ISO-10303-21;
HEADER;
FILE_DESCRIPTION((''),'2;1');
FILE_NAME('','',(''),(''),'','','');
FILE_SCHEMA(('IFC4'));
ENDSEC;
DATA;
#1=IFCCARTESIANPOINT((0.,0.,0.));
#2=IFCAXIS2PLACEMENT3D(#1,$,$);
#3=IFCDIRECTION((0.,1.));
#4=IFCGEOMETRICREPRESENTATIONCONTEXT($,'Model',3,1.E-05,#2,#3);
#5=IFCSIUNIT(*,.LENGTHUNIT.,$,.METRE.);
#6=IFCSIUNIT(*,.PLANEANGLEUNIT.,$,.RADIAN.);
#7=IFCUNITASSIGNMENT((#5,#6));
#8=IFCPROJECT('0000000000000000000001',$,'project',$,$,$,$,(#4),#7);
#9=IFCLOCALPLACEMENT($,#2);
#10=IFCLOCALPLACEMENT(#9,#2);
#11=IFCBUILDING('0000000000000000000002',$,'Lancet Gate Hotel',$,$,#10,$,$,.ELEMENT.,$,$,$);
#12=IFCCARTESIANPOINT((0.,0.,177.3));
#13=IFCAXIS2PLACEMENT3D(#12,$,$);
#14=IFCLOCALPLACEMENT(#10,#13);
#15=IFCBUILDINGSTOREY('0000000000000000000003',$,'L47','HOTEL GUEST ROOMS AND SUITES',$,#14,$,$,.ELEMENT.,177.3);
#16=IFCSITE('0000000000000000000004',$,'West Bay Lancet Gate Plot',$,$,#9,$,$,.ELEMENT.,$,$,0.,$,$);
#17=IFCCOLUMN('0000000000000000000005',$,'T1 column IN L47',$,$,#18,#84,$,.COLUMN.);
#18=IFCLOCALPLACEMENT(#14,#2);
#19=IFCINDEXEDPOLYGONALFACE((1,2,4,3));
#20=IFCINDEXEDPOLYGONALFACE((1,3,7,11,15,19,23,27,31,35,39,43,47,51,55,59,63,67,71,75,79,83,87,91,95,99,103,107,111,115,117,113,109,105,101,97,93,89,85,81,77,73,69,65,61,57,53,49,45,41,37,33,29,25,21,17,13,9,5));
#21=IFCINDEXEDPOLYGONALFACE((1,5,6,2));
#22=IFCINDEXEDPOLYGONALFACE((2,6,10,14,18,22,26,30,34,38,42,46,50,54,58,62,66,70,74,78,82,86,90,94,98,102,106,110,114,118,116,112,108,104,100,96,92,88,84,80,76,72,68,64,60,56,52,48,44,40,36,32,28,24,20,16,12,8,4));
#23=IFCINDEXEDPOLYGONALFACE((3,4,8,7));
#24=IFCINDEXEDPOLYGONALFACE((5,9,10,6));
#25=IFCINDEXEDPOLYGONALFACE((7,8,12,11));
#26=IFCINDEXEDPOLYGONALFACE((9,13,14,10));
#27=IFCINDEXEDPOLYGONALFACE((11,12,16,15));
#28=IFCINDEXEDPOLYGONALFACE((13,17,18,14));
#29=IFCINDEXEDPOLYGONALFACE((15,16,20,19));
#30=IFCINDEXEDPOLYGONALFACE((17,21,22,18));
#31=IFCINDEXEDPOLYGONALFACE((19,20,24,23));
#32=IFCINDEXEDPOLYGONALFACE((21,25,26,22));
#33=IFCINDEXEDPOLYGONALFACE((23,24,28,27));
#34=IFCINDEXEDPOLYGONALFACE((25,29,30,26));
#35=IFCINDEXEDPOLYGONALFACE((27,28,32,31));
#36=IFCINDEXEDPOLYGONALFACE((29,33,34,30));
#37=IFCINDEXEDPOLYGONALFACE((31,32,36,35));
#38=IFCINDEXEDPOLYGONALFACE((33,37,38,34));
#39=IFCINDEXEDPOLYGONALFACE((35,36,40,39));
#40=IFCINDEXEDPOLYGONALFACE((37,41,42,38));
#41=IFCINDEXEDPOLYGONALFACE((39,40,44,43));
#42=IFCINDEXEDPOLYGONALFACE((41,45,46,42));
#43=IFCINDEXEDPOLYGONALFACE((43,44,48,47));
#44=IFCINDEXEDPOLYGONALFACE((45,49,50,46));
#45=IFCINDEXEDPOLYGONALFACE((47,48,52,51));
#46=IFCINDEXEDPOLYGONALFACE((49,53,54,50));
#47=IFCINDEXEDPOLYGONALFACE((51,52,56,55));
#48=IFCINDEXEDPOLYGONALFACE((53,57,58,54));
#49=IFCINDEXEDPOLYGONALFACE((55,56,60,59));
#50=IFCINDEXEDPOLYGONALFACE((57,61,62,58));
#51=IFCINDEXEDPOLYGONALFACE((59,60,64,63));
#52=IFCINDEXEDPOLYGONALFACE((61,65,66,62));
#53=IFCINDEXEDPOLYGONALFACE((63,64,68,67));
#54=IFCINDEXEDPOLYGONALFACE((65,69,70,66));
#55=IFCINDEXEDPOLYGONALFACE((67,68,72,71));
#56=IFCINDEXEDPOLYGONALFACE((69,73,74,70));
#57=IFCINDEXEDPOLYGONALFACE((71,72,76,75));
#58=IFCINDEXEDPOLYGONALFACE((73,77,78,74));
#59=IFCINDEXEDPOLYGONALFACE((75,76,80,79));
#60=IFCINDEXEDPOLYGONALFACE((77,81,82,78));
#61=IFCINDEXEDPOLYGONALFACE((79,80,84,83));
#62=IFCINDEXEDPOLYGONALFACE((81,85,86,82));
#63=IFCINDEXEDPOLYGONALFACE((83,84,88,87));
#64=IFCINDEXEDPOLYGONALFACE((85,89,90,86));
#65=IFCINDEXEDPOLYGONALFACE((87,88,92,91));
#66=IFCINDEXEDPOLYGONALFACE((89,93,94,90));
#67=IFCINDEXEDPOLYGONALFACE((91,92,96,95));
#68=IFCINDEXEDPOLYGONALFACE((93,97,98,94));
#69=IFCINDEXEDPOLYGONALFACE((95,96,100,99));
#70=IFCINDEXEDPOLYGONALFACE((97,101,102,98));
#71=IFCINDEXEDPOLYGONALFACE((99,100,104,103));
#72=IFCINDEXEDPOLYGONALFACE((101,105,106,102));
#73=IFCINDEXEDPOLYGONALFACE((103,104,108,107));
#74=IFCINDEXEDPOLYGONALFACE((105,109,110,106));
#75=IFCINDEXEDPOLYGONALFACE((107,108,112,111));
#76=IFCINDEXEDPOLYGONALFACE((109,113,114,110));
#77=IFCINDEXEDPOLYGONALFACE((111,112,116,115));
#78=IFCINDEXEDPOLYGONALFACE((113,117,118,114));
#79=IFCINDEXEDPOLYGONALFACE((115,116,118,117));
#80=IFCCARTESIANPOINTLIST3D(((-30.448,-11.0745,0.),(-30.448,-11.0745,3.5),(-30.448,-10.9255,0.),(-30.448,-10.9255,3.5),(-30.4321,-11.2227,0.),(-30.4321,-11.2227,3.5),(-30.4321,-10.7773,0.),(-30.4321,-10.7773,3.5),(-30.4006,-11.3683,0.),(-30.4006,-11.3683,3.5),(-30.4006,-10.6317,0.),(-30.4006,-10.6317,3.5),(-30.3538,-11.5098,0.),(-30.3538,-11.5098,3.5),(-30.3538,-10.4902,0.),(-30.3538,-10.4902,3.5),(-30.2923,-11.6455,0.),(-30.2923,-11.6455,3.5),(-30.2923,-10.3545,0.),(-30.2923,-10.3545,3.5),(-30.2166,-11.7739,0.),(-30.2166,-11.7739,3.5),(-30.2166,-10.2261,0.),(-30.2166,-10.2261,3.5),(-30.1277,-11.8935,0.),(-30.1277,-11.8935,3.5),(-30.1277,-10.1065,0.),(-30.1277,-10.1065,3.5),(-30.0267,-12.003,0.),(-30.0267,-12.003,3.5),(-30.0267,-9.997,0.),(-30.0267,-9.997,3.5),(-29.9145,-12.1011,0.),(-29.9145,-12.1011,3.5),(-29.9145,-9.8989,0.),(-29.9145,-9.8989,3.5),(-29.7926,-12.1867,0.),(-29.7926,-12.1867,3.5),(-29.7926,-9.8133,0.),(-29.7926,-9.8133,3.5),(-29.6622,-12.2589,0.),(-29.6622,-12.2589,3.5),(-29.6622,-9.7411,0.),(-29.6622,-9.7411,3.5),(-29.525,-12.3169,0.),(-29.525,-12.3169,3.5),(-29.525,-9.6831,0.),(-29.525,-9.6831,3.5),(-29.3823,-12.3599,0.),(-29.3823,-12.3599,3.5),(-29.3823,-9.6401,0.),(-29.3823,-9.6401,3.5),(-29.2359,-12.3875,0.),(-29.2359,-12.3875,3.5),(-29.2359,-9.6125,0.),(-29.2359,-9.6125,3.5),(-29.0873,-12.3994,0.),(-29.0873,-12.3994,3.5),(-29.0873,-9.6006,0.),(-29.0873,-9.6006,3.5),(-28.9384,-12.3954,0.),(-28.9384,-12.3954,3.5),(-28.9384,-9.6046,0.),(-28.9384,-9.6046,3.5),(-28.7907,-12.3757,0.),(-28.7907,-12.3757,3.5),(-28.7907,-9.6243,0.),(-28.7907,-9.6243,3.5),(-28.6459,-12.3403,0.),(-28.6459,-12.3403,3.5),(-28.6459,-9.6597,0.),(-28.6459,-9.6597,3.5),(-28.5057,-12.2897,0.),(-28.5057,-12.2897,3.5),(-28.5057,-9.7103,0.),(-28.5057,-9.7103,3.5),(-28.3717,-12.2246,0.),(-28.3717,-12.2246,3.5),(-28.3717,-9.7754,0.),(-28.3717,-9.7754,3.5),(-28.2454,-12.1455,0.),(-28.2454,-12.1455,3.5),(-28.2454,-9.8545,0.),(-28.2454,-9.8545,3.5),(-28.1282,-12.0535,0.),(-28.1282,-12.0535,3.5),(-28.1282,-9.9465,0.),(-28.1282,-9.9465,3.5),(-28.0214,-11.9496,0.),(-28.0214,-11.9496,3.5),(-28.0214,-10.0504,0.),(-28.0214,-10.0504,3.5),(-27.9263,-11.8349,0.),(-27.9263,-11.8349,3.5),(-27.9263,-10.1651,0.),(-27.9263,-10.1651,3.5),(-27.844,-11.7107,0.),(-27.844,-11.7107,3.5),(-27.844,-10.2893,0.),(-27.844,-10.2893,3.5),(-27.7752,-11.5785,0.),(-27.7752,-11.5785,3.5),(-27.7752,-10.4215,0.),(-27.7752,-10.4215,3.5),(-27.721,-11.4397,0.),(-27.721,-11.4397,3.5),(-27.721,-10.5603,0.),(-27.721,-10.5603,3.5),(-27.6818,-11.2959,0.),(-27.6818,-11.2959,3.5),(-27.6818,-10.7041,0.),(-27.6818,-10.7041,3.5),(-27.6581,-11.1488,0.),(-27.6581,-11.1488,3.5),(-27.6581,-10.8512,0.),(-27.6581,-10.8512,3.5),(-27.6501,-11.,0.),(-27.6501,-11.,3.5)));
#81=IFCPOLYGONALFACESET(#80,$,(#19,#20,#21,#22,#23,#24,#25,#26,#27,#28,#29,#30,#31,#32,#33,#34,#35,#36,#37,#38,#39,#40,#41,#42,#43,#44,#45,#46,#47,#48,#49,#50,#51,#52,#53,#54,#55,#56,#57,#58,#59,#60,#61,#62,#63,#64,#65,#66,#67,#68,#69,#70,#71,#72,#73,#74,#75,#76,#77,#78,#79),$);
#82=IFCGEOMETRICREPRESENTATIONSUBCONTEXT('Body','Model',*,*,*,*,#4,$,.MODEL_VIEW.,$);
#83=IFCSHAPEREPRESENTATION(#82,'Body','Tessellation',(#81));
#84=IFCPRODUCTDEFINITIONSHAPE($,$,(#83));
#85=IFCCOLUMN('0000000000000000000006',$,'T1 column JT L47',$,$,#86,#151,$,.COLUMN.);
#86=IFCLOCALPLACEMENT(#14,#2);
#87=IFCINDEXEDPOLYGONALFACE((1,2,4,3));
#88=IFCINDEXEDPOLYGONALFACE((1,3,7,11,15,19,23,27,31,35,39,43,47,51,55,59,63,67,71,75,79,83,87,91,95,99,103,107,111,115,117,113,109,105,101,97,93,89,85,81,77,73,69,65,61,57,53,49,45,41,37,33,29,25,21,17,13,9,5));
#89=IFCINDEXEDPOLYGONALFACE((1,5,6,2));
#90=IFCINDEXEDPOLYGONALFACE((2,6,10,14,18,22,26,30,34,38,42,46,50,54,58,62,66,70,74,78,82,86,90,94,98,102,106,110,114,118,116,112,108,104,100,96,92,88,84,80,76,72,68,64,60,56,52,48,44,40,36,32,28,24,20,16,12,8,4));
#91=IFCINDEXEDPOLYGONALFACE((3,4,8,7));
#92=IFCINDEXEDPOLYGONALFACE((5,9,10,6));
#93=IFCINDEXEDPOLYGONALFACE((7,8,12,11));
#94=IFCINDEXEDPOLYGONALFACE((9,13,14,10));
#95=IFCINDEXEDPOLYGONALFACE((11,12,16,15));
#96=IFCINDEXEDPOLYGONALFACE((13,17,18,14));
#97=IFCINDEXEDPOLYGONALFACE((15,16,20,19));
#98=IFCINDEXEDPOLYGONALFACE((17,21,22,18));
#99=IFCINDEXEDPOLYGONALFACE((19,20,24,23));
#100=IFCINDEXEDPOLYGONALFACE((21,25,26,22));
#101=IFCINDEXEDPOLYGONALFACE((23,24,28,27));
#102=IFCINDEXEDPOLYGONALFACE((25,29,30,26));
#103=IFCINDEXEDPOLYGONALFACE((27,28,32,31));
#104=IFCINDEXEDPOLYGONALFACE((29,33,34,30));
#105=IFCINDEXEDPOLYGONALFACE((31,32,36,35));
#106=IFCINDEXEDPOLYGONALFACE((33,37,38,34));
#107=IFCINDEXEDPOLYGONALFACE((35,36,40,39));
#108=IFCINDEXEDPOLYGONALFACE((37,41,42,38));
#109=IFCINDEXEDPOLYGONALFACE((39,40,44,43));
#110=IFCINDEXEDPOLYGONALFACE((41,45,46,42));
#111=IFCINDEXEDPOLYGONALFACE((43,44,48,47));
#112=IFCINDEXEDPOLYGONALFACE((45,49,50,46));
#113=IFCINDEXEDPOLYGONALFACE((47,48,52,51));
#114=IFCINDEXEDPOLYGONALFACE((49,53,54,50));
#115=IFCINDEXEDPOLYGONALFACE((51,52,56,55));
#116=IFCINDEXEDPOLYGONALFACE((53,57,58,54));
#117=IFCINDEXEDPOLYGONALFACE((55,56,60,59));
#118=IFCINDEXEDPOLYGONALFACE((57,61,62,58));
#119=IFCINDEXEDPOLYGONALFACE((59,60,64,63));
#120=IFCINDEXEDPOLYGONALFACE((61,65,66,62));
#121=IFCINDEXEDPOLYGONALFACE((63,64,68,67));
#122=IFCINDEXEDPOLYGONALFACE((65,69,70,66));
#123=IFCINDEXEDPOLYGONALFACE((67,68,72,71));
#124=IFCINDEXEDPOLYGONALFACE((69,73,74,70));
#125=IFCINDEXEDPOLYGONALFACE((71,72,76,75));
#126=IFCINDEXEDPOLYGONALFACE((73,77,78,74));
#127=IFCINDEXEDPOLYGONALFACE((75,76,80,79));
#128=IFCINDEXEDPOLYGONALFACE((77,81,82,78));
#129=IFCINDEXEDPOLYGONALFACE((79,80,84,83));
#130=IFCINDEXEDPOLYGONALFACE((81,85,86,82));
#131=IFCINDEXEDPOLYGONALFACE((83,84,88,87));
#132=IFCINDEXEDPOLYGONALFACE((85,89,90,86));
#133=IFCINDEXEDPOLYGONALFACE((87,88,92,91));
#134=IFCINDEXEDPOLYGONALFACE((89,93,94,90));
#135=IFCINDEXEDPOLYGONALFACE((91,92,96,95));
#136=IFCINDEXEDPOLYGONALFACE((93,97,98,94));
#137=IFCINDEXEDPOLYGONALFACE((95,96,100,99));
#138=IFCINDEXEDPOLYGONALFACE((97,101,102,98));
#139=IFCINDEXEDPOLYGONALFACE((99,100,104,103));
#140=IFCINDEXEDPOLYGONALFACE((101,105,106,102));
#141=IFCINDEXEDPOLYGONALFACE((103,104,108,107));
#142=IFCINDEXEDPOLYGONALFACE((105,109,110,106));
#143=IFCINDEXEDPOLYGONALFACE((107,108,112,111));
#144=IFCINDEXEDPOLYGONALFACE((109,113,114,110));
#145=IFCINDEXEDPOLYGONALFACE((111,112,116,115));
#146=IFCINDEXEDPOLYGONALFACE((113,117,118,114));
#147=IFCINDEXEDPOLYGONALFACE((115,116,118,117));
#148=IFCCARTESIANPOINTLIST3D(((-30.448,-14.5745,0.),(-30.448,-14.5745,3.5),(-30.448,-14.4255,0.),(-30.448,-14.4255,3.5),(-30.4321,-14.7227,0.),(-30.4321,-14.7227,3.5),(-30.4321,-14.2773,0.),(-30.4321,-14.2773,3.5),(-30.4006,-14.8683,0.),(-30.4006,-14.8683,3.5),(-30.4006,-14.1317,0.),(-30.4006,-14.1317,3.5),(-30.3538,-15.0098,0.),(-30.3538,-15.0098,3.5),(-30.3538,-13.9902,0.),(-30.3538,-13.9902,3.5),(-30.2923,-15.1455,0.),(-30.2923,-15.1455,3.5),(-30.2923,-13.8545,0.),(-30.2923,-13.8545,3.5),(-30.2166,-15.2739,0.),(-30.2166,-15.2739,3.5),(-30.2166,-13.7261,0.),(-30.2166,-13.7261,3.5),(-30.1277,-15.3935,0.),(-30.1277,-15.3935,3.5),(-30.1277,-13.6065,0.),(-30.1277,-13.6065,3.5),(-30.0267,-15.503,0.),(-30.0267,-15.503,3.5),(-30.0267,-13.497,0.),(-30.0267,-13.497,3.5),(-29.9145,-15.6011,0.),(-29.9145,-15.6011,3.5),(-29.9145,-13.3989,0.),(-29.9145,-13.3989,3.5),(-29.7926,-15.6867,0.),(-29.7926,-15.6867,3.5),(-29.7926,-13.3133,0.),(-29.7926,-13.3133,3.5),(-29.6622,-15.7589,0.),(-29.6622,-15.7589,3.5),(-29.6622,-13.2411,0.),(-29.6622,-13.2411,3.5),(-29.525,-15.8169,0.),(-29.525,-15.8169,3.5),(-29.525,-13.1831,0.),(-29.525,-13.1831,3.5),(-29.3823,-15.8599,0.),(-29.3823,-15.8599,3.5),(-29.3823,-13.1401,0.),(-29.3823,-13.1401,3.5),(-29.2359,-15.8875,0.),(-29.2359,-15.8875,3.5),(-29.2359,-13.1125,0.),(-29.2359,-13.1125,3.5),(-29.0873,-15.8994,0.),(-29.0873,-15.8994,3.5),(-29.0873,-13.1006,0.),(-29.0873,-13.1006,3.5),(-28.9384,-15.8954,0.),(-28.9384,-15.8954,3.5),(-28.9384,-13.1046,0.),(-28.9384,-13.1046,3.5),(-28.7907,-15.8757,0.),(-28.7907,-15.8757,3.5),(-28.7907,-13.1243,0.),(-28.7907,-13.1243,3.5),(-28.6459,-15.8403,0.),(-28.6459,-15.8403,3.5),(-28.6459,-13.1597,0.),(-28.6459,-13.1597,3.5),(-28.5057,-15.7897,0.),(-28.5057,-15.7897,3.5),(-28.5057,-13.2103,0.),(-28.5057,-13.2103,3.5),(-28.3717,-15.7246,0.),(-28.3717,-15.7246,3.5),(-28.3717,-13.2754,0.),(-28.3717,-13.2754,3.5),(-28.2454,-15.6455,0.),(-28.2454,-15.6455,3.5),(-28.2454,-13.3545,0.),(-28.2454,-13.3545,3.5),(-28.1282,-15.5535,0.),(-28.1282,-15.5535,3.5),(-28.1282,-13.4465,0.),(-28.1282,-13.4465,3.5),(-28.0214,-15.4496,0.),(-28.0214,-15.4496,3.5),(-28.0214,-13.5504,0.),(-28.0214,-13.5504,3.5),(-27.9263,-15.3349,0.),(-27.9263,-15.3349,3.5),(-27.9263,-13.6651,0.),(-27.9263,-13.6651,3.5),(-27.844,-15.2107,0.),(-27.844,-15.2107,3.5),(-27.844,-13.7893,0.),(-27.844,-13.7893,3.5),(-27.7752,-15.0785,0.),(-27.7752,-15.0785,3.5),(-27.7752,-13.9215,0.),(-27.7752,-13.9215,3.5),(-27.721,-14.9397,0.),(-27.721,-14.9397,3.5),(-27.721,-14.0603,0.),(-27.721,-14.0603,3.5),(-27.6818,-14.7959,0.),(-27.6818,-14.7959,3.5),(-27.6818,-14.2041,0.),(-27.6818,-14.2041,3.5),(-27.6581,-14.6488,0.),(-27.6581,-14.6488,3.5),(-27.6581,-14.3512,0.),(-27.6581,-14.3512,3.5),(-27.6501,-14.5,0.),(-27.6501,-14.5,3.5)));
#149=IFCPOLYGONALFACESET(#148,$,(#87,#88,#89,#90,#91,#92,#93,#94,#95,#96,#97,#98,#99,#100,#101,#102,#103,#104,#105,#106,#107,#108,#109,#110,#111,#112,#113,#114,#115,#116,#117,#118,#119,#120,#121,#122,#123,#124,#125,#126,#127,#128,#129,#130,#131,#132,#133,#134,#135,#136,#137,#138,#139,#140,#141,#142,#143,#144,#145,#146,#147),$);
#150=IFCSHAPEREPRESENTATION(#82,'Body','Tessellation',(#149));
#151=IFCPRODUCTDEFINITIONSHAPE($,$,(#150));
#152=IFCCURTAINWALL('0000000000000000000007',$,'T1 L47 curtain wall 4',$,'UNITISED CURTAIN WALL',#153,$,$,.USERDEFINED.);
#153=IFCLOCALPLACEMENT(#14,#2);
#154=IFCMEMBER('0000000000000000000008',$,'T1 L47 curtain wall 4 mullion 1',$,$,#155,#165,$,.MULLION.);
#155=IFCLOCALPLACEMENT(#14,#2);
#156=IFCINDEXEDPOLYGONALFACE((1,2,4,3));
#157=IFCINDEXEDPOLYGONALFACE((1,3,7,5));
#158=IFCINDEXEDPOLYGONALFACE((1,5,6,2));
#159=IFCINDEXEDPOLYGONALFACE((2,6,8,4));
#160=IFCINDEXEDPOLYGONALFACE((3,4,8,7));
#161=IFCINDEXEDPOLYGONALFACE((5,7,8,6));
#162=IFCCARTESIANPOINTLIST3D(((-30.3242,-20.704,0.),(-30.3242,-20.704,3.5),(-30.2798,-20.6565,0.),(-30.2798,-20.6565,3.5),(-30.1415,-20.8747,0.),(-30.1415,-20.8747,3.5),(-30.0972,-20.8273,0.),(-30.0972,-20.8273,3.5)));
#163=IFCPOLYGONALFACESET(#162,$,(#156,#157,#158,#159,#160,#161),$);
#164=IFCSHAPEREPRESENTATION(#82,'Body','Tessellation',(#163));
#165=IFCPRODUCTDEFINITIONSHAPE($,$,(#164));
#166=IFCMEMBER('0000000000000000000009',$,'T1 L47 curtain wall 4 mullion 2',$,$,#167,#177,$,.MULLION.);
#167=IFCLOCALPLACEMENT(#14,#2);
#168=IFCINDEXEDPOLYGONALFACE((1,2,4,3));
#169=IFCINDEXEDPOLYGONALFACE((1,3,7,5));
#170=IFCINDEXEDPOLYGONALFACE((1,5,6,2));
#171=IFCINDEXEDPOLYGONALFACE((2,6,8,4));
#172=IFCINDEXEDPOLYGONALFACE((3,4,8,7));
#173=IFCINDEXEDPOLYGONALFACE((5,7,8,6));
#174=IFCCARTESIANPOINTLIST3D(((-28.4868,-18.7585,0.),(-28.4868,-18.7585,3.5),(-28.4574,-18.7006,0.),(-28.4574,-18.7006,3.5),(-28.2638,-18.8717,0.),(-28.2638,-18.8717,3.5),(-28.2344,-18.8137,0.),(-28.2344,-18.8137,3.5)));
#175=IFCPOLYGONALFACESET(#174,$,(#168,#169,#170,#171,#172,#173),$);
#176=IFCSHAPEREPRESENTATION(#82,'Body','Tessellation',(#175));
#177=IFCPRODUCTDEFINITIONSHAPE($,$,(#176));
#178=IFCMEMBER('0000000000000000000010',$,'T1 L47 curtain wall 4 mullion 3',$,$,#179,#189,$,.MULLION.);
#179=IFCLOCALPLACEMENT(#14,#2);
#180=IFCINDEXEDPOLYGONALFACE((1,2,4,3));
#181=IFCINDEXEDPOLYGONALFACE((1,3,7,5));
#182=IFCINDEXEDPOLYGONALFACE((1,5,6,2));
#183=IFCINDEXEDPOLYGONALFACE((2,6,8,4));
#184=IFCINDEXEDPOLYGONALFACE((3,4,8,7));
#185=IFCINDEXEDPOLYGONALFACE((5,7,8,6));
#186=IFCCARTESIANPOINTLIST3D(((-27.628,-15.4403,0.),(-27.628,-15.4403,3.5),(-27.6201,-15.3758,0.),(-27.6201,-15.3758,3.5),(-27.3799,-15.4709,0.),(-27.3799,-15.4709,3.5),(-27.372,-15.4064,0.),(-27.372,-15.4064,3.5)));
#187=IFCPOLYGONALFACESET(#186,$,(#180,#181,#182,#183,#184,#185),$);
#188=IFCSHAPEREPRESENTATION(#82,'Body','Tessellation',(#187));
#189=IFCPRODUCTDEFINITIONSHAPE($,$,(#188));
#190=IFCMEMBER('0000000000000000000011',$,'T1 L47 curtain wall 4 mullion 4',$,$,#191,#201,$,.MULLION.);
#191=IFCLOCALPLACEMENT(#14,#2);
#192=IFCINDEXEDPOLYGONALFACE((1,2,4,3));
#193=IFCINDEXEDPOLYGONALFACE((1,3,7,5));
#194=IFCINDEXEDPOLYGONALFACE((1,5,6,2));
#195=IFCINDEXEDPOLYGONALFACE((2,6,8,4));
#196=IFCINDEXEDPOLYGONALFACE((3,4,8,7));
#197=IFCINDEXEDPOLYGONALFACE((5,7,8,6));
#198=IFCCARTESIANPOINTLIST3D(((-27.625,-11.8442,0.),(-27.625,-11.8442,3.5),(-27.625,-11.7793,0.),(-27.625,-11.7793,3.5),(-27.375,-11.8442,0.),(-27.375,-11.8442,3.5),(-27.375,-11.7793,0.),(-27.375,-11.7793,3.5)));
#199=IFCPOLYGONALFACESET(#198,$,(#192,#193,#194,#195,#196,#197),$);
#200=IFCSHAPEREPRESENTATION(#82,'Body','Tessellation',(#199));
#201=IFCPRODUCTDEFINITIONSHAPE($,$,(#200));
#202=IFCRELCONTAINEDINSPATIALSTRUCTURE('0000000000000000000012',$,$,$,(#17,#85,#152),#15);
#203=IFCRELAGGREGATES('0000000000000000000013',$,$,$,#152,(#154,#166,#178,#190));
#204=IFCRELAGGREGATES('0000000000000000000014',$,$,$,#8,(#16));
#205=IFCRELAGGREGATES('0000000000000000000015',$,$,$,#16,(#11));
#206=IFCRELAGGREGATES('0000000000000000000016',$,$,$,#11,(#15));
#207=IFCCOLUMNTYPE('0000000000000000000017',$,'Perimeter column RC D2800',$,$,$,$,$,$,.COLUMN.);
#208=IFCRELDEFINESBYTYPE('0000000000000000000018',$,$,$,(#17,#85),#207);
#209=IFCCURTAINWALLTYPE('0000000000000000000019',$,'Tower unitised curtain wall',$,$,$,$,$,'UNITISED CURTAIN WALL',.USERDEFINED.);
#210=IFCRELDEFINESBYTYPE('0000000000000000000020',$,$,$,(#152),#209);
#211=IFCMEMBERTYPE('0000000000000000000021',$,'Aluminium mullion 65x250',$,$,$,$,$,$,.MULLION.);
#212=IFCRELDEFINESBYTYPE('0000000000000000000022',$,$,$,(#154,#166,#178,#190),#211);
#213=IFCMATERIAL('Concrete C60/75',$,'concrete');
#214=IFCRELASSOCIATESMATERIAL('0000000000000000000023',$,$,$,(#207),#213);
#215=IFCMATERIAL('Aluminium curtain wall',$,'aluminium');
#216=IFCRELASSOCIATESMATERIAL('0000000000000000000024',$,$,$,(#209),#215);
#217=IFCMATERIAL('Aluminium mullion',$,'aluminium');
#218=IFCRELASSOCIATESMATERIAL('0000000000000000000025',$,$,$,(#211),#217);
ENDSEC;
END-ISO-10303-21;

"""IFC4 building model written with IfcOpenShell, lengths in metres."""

from ifc_helpers import new_model, si_unit, direction, frame, origin, origin_2d, place, context, subcontext, project, spatial, rectangle, circle, extrude, material, material_profile, profile_set, type_object, element, aggregate, save


model = new_model("IFC4")

# Units and contexts
model_context = context("Model", 3, precision=1e-05, world=origin(), true_north=direction((0.0, 1.0)))
body_context = subcontext(model_context, "Body", "Model", "MODEL_VIEW")
ifc_project = project(units=[si_unit("LENGTHUNIT", "METRE"), si_unit("PLANEANGLEUNIT", "RADIAN")], contexts=[model_context])

# Site, building, storey
site_placement = place(None, origin())
site = spatial("IfcSite", under=ifc_project, at=site_placement, Name="West Bay Lancet Gate Plot", CompositionType="ELEMENT", RefElevation=0.0)
building_placement = place(site_placement, origin())
building = spatial("IfcBuilding", under=site, at=building_placement, Name="Lancet Gate Hotel", CompositionType="ELEMENT")
storey_placement = place(building_placement, frame((0.0, 0.0, 177.3)))
storey = spatial("IfcBuildingStorey", under=building, at=storey_placement, Name="L47", Description="HOTEL GUEST ROOMS AND SUITES", CompositionType="ELEMENT", Elevation=177.3)

# Columns
ifc_material_1 = material(Name="Concrete C60/75", Category="concrete")
ifc_material_profile_1 = material_profile(ifc_material_1, circle(Radius=1.3999, at=origin_2d()), Name="RC D2800")
ifc_profile_set_1 = profile_set([ifc_material_profile_1], Name="Concrete C60/75")
column_type = type_object("IfcColumnType", Name="Perimeter column RC D2800", PredefinedType="COLUMN", material=ifc_profile_set_1)
for number, where, z_axis, x_axis, name in (
    (1, (-29.05, -11.0, 0.0), (0.0, 0.0, 1.0), (1.0, 0.0, 0.0), "T1 column IN L47"),
    (2, (-29.05, -14.5, 0.0), (0.0, 0.0, 1.0), (1.0, 0.0, 0.0), "T1 column JT L47"),
):
    element("IfcColumn", number, at=place(storey_placement, frame(where, z_axis=z_axis, x_axis=x_axis)), inside=storey, type_object=column_type, Name=name, PredefinedType="COLUMN", context=body_context, shape_type="SweptSolid", body=[
        extrude(circle(Radius=1.3999, at=origin_2d()), origin(), (0.0, 0.0, 1.0), 3.5),
    ])

# Curtain wall, members
ifc_material_2 = material(Name="Aluminium curtain wall", Category="aluminium")
curtain_wall_type = type_object("IfcCurtainWallType", Name="Tower unitised curtain wall", ElementType="UNITISED CURTAIN WALL", PredefinedType="USERDEFINED", material=ifc_material_2)
curtain_wall_placement = place(storey_placement, origin())
curtain_wall = element("IfcCurtainWall", 3, at=curtain_wall_placement, inside=storey, type_object=curtain_wall_type, Name="T1 L47 curtain wall 4", ObjectType="UNITISED CURTAIN WALL", PredefinedType="USERDEFINED")
ifc_material_3 = material(Name="Aluminium mullion", Category="aluminium")
ifc_material_profile_2 = material_profile(ifc_material_3, rectangle(XDim=0.0649, YDim=0.25, at=origin_2d()), Name="MULLION 65x250")
ifc_profile_set_2 = profile_set([ifc_material_profile_2], Name="Aluminium mullion")
member_type_1 = type_object("IfcMemberType", Name="Aluminium mullion 65x250", PredefinedType="MULLION", material=ifc_profile_set_2)
member_1_placement = place(storey_placement, frame((-30.2107, -20.7656, 0.0), z_axis=(0.0, 0.0, 1.0), x_axis=(0.682845, 0.730563, 0.0)))
member_1 = element("IfcMember", 4, at=member_1_placement, type_object=member_type_1, Name="T1 L47 curtain wall 4 mullion 1", PredefinedType="MULLION", context=body_context, shape_type="SweptSolid", body=[
    extrude(rectangle(XDim=0.0649, YDim=0.25, at=origin_2d()), origin(), (0.0, 0.0, 1.0), 3.5),
])
member_2_placement = place(storey_placement, frame((-28.3606, -18.7861, 0.0), z_axis=(0.0, 0.0, 1.0), x_axis=(0.452508, 0.891761, 0.0)))
member_2 = element("IfcMember", 5, at=member_2_placement, type_object=member_type_1, Name="T1 L47 curtain wall 4 mullion 2", PredefinedType="MULLION", context=body_context, shape_type="SweptSolid", body=[
    extrude(rectangle(XDim=0.0649, YDim=0.25, at=origin_2d()), origin(), (0.0, 0.0, 1.0), 3.5),
])
member_3_placement = place(storey_placement, frame((-27.5, -15.4233, 0.0), z_axis=(0.0, 0.0, 1.0), x_axis=(0.122467, 0.992473, 0.0)))
member_3 = element("IfcMember", 6, at=member_3_placement, type_object=member_type_1, Name="T1 L47 curtain wall 4 mullion 3", PredefinedType="MULLION", context=body_context, shape_type="SweptSolid", body=[
    extrude(rectangle(XDim=0.0649, YDim=0.25, at=origin_2d()), origin(), (0.0, 0.0, 1.0), 3.5),
])
member_4_placement = place(storey_placement, frame((-27.5, -11.8118, 0.0), z_axis=(0.0, 0.0, 1.0), x_axis=(0.0, 1.0, 0.0)))
member_4 = element("IfcMember", 7, at=member_4_placement, type_object=member_type_1, Name="T1 L47 curtain wall 4 mullion 4", PredefinedType="MULLION", context=body_context, shape_type="SweptSolid", body=[
    extrude(rectangle(XDim=0.0649, YDim=0.25, at=origin_2d()), origin(), (0.0, 0.0, 1.0), 3.5),
])

aggregate(curtain_wall, [member_1, member_2, member_3, member_4])

save(model, "model.ifc")
